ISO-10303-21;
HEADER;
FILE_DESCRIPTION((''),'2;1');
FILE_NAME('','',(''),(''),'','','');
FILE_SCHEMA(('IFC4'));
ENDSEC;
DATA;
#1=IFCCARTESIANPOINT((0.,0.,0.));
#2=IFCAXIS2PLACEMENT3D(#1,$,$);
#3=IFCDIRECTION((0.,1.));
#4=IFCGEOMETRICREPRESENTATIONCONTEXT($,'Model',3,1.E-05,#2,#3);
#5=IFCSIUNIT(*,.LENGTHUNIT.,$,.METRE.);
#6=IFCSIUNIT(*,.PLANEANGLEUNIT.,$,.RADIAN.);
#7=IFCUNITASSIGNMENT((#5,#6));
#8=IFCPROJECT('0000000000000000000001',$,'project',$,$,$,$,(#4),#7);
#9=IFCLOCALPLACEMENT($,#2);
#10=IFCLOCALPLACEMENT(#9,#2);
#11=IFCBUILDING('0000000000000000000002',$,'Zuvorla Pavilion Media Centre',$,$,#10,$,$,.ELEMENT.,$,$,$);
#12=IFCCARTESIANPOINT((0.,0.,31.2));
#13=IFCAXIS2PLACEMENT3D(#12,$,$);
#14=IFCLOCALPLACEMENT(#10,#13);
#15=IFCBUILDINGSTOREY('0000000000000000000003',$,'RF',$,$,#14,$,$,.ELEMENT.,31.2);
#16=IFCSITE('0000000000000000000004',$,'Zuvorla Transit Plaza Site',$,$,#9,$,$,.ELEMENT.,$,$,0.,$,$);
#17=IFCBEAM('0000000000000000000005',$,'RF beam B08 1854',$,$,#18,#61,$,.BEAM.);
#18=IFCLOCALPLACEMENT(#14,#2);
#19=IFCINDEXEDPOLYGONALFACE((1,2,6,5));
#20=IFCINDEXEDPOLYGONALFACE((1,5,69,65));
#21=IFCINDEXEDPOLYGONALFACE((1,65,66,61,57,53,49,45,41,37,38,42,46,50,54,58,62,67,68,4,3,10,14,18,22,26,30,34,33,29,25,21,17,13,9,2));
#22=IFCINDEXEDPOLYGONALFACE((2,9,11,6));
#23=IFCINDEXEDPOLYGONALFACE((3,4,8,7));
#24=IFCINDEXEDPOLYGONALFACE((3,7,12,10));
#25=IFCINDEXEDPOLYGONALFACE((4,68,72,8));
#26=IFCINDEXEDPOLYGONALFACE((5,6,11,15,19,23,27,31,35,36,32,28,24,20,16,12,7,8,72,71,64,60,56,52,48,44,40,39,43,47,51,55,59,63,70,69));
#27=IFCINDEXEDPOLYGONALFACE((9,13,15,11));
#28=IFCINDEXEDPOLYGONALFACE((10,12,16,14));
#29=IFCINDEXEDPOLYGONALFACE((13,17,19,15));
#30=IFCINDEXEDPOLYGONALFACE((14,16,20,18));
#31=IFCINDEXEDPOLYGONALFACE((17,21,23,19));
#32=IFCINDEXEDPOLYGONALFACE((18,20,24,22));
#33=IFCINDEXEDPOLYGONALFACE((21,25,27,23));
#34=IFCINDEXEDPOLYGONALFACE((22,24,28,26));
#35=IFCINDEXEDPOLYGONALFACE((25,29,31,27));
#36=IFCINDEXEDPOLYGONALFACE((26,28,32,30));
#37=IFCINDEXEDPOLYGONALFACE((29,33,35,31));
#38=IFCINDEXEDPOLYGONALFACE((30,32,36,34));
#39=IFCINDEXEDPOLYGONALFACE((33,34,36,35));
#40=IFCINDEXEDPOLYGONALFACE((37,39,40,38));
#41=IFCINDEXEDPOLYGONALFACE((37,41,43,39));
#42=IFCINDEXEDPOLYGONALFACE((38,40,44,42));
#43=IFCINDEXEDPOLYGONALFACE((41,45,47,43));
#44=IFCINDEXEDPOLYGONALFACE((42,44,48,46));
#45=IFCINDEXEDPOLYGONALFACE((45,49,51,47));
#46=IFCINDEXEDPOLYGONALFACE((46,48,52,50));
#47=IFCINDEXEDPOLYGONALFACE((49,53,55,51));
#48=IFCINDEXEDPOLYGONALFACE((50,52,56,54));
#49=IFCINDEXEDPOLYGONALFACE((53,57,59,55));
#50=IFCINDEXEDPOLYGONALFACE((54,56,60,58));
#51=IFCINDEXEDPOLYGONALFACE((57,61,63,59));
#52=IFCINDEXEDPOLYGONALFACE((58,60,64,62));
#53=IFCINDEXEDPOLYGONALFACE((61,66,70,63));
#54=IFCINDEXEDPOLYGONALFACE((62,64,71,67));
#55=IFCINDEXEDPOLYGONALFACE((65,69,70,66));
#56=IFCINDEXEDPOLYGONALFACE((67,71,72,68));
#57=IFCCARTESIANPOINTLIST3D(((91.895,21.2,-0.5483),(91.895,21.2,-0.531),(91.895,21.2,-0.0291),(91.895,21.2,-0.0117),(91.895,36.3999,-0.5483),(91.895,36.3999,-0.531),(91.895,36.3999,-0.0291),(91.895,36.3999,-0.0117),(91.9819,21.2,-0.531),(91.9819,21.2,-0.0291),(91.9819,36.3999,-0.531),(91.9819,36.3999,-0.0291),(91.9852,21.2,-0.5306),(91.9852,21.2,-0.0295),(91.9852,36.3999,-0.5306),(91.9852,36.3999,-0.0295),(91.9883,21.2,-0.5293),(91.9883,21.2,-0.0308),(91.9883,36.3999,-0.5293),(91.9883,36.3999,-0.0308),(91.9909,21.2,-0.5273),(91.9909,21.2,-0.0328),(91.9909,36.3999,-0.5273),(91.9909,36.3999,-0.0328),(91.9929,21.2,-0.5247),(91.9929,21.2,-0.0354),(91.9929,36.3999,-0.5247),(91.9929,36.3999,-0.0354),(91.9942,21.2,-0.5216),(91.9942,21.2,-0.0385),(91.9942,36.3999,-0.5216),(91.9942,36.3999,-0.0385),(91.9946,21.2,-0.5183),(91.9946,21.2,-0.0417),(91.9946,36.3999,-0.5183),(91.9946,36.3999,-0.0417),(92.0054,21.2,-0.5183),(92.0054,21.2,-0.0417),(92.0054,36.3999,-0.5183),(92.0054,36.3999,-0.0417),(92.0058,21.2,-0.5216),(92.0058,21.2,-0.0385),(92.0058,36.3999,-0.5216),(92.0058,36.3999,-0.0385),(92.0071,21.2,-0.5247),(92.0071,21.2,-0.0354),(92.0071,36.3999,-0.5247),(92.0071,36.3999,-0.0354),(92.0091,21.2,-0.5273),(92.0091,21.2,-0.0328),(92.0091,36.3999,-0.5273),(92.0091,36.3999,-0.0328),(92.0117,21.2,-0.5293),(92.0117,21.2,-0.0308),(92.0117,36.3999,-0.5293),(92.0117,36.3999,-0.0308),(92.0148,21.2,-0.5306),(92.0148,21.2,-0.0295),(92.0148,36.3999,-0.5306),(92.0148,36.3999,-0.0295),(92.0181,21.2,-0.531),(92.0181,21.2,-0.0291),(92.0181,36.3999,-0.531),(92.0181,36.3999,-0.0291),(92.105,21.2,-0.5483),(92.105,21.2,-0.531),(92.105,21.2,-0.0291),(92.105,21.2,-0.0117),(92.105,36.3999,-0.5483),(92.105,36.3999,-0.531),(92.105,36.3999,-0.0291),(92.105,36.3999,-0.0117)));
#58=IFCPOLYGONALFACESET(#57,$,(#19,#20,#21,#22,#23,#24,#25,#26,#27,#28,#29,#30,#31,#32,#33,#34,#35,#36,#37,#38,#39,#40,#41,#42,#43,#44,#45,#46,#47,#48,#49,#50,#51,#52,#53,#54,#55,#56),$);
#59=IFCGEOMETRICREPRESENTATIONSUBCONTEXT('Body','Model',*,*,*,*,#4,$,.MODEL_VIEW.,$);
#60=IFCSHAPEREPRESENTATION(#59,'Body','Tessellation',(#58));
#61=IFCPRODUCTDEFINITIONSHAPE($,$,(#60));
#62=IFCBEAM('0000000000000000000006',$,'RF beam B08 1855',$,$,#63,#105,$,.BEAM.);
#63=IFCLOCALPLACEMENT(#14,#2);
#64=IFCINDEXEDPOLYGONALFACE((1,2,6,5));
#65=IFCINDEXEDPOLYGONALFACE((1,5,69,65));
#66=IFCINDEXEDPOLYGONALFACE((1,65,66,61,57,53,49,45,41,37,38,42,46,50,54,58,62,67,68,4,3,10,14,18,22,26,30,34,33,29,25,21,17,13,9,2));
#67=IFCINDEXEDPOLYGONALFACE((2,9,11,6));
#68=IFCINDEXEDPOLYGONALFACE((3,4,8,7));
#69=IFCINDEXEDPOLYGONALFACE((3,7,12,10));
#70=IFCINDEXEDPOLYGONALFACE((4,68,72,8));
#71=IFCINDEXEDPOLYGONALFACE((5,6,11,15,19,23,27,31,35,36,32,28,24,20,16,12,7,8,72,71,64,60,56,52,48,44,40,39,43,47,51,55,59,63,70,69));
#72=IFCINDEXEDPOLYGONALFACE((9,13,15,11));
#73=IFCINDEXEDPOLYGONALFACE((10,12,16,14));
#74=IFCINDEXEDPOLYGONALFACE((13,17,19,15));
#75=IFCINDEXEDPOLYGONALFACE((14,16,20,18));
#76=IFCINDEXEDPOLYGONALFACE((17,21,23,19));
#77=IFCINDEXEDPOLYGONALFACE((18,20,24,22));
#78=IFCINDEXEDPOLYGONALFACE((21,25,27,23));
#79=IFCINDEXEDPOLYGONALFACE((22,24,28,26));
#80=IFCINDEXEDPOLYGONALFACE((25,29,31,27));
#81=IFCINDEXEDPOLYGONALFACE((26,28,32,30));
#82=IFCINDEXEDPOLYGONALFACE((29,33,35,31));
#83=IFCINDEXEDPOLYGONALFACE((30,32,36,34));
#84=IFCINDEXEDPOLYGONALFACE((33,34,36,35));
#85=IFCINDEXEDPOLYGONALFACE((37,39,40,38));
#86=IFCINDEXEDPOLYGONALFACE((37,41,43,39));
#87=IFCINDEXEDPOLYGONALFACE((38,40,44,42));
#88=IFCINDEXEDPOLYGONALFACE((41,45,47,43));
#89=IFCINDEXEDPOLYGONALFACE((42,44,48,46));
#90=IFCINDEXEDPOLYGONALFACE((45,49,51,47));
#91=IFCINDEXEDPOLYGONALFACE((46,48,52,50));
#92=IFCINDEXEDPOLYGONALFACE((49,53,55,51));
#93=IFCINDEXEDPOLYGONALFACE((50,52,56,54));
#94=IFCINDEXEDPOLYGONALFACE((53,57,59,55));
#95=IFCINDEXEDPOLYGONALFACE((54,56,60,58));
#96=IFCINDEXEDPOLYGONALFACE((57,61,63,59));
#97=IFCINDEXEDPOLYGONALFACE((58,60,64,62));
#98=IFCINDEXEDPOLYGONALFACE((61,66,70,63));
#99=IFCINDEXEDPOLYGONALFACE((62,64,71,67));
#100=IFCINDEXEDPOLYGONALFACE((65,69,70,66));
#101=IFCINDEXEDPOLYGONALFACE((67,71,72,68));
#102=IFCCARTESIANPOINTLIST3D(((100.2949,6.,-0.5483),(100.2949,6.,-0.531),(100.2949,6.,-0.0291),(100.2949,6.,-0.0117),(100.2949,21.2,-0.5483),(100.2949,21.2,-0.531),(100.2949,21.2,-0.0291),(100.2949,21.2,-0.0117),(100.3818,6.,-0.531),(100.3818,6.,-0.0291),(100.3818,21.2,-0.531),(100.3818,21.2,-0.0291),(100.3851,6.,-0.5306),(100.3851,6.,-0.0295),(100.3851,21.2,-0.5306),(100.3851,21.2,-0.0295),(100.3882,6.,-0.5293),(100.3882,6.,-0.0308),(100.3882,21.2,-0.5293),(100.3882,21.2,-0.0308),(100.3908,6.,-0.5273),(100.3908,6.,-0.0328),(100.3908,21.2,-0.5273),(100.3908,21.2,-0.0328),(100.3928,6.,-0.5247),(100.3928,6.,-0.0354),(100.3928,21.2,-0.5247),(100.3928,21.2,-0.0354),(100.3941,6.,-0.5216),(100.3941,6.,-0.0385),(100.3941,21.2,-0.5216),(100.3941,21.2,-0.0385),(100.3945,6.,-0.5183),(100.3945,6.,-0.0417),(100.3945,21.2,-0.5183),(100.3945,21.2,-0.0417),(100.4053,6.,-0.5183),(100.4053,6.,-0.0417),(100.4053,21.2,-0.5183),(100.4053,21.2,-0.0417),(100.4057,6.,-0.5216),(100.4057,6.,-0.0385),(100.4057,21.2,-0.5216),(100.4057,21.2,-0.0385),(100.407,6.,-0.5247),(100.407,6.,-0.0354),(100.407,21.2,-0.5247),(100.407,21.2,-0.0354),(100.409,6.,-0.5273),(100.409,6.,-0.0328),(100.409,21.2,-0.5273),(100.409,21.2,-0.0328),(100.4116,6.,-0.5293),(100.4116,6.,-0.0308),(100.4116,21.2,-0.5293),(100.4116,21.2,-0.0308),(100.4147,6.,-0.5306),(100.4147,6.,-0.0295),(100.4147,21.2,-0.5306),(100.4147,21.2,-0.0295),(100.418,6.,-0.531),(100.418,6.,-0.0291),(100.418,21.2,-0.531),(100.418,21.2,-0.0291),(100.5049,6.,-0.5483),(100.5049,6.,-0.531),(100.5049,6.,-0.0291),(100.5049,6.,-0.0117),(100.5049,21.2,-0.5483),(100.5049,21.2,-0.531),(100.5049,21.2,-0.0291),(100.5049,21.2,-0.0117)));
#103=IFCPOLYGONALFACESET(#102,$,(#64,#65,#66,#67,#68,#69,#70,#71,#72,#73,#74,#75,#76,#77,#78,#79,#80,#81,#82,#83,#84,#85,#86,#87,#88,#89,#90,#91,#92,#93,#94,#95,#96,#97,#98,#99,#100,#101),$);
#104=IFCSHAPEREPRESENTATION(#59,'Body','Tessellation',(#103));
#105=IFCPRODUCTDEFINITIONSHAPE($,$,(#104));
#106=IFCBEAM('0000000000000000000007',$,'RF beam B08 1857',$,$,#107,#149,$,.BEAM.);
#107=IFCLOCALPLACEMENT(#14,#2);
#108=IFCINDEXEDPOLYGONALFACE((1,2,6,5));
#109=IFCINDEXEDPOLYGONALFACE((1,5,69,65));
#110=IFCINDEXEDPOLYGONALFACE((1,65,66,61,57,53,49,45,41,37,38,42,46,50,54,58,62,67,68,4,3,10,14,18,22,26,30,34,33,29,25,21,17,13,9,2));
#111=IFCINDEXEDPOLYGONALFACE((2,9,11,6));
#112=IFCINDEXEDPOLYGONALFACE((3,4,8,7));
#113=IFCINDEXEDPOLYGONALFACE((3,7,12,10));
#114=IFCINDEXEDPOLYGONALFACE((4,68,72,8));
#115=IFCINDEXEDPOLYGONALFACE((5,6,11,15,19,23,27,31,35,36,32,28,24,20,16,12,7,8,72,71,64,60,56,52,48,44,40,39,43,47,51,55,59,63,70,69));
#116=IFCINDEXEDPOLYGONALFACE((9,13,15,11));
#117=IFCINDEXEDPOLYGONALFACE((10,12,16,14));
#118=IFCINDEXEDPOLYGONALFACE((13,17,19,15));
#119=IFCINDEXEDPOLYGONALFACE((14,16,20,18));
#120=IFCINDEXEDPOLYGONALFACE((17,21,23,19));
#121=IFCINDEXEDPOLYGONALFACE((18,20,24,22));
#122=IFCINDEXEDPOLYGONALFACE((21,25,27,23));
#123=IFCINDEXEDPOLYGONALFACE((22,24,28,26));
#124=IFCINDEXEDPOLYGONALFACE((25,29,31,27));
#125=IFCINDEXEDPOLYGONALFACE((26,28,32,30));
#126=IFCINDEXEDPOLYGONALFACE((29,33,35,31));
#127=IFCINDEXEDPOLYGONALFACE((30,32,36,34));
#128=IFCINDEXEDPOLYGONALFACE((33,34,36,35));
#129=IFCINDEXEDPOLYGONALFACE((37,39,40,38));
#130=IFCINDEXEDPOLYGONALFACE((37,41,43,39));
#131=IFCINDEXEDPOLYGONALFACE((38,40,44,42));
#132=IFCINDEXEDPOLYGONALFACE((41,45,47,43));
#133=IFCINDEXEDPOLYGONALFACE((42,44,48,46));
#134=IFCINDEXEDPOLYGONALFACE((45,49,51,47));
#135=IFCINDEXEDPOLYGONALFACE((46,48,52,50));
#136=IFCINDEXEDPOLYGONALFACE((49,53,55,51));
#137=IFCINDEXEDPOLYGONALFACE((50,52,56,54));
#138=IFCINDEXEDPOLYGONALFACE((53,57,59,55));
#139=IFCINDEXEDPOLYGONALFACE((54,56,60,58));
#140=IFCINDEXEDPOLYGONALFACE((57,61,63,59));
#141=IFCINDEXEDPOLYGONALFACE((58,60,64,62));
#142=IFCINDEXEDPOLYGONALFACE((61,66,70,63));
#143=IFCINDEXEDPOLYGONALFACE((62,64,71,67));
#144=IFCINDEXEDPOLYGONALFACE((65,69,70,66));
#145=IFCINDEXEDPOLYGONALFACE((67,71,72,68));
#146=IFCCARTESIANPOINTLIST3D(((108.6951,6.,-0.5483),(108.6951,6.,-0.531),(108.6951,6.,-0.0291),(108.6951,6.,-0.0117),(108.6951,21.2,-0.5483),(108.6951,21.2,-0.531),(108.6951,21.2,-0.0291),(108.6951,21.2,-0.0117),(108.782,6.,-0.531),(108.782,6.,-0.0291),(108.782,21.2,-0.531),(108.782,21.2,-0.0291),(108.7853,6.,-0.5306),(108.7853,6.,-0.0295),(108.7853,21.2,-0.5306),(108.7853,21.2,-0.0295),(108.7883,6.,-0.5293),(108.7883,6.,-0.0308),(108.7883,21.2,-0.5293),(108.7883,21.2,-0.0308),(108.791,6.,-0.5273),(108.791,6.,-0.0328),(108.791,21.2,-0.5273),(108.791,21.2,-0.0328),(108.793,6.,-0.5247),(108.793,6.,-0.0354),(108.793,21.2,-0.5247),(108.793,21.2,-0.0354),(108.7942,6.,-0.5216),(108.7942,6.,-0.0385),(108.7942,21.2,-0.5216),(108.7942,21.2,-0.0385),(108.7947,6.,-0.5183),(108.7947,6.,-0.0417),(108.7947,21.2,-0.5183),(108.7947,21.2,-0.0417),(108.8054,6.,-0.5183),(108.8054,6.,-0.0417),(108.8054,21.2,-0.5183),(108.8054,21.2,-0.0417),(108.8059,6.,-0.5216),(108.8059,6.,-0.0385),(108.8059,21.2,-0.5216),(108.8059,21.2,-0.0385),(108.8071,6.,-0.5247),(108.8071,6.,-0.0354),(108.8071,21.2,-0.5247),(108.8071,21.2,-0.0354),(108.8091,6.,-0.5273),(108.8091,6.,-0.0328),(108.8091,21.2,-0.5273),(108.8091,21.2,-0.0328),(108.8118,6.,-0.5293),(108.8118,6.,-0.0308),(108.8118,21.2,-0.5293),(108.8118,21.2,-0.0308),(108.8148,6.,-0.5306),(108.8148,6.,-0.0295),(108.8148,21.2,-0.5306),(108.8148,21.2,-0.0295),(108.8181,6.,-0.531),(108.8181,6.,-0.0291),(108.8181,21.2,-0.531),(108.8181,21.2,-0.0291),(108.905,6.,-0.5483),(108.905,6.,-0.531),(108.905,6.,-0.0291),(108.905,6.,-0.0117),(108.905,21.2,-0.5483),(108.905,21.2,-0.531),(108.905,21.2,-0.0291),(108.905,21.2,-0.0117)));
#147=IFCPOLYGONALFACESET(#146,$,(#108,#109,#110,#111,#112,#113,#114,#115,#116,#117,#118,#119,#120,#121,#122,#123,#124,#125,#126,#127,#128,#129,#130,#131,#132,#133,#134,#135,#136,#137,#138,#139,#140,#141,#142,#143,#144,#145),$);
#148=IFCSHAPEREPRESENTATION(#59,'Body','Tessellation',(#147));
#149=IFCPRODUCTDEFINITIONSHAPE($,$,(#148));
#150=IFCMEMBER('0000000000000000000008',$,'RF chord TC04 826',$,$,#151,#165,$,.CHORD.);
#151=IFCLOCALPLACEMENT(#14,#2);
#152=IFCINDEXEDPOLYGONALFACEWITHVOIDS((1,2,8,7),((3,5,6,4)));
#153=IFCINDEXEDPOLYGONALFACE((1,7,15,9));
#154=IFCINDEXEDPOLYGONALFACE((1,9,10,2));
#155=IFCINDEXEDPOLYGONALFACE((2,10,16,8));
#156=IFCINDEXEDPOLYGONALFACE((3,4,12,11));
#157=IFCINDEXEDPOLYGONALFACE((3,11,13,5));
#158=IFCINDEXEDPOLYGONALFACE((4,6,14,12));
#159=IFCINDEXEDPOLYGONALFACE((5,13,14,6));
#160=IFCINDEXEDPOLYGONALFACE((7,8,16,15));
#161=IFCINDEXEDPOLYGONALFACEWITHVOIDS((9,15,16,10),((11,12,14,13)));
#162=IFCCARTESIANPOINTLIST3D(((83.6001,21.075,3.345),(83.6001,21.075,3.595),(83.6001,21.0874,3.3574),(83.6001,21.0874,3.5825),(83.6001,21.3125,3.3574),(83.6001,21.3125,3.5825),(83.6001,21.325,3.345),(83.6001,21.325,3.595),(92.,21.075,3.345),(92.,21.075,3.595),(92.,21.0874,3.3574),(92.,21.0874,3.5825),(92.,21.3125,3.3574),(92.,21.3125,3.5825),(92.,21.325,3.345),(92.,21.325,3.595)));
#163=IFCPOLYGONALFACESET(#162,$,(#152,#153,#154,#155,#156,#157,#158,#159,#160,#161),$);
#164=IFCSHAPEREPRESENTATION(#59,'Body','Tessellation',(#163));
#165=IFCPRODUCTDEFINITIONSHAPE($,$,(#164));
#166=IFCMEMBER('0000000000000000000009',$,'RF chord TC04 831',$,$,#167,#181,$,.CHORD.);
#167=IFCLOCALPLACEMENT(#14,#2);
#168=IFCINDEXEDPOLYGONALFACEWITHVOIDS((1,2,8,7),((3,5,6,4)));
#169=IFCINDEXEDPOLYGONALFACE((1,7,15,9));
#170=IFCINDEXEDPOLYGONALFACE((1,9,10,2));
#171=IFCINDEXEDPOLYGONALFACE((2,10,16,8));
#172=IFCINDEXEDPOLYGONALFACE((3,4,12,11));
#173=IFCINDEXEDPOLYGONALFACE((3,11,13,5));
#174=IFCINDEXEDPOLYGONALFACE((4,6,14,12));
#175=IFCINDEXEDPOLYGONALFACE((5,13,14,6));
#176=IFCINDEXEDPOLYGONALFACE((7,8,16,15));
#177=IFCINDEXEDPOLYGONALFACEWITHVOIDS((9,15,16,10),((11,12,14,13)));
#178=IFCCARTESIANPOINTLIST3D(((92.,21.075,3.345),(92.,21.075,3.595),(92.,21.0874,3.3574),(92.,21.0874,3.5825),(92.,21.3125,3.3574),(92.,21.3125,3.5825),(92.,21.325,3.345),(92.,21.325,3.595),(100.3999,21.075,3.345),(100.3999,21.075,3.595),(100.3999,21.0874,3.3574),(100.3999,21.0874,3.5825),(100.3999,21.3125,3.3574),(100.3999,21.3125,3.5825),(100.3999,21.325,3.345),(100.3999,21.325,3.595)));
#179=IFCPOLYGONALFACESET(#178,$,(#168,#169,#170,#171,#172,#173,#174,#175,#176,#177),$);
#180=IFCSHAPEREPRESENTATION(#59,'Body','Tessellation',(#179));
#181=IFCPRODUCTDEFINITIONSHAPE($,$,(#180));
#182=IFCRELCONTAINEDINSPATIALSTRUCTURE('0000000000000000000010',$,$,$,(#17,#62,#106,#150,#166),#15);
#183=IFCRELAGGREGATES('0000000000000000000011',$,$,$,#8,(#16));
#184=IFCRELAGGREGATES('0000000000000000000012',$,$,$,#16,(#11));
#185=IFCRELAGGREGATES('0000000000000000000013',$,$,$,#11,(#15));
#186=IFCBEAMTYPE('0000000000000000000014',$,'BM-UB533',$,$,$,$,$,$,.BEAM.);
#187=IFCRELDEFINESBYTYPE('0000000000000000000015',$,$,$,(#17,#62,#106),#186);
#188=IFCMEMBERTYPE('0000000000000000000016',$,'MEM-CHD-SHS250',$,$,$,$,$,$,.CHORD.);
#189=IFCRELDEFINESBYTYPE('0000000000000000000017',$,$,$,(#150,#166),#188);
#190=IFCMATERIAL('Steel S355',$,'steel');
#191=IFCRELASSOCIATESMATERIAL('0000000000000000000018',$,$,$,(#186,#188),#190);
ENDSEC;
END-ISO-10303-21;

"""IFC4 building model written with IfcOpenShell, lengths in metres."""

from ifc_helpers import new_model, si_unit, direction, frame, origin, origin_2d, place, context, subcontext, project, spatial, hollow_rectangle, i_section, extrude, material, material_profile, profile_set, type_object, element, save


model = new_model("IFC4")

# Units and contexts
model_context = context("Model", 3, precision=1e-05, world=origin(), true_north=direction((0.0, 1.0)))
body_context = subcontext(model_context, "Body", "Model", "MODEL_VIEW")
ifc_project = project(units=[si_unit("LENGTHUNIT", "METRE"), si_unit("PLANEANGLEUNIT", "RADIAN")], contexts=[model_context])

# Site, building, storey
site_placement = place(None, origin())
site = spatial("IfcSite", under=ifc_project, at=site_placement, Name="Zuvorla Transit Plaza Site", CompositionType="ELEMENT", RefElevation=0.0)
building_placement = place(site_placement, origin())
building = spatial("IfcBuilding", under=site, at=building_placement, Name="Zuvorla Pavilion Media Centre", CompositionType="ELEMENT")
storey_placement = place(building_placement, frame((0.0, 0.0, 31.2)))
storey = spatial("IfcBuildingStorey", under=building, at=storey_placement, Name="RF", CompositionType="ELEMENT", Elevation=31.2)

# Beams
ifc_material = material(Name="Steel S355", Category="steel")
ifc_material_profile_1 = material_profile(ifc_material, i_section(OverallWidth=0.21, OverallDepth=0.5366, WebThickness=0.0107, FlangeThickness=0.0173, FilletRadius=0.0127, at=origin_2d()), Name="UB 533x210x101")
ifc_profile_set_1 = profile_set([ifc_material_profile_1], Name="Steel S355")
beam_type = type_object("IfcBeamType", Name="BM-UB533", PredefinedType="BEAM", material=ifc_profile_set_1)
for number, where, z_axis, x_axis, name in (
    (1, (92.0, 21.2, -0.28), (0.0, 1.0, 0.0), (-1.0, 0.0, 0.0), "RF beam B08 1854"),
    (2, (100.3999, 6.0, -0.28), (0.0, 1.0, 0.0), (-1.0, 0.0, 0.0), "RF beam B08 1855"),
    (3, (108.8, 6.0, -0.28), (0.0, 1.0, 0.0), (-1.0, 0.0, 0.0), "RF beam B08 1857"),
):
    element("IfcBeam", number, at=place(storey_placement, frame(where, z_axis=z_axis, x_axis=x_axis)), inside=storey, type_object=beam_type, Name=name, PredefinedType="BEAM", context=body_context, shape_type="SweptSolid", body=[
        extrude(i_section(OverallWidth=0.21, OverallDepth=0.5366, WebThickness=0.0107, FlangeThickness=0.0173, FilletRadius=0.0127, at=origin_2d()), origin(), (0.0, 0.0, 1.0), 15.2),
    ])

# Members
ifc_material_profile_2 = material_profile(ifc_material, hollow_rectangle(XDim=0.25, YDim=0.25, WallThickness=0.0125, at=origin_2d()), Name="SHS 250x250x12.5")
ifc_profile_set_2 = profile_set([ifc_material_profile_2], Name="Steel S355")
member_type_1 = type_object("IfcMemberType", Name="MEM-CHD-SHS250", PredefinedType="CHORD", material=ifc_profile_set_2)
for number, where, z_axis, x_axis, name in (
    (4, (83.6001, 21.2, 3.47), (1.0, 0.0, 0.0), (0.0, 1.0, 0.0), "RF chord TC04 826"),
    (5, (92.0, 21.2, 3.47), (1.0, 0.0, 0.0), (0.0, 1.0, 0.0), "RF chord TC04 831"),
):
    element("IfcMember", number, at=place(storey_placement, frame(where, z_axis=z_axis, x_axis=x_axis)), inside=storey, type_object=member_type_1, Name=name, PredefinedType="CHORD", context=body_context, shape_type="SweptSolid", body=[
        extrude(hollow_rectangle(XDim=0.25, YDim=0.25, WallThickness=0.0125, at=origin_2d()), origin(), (0.0, 0.0, 1.0), 8.3999),
    ])

save(model, "model.ifc")
